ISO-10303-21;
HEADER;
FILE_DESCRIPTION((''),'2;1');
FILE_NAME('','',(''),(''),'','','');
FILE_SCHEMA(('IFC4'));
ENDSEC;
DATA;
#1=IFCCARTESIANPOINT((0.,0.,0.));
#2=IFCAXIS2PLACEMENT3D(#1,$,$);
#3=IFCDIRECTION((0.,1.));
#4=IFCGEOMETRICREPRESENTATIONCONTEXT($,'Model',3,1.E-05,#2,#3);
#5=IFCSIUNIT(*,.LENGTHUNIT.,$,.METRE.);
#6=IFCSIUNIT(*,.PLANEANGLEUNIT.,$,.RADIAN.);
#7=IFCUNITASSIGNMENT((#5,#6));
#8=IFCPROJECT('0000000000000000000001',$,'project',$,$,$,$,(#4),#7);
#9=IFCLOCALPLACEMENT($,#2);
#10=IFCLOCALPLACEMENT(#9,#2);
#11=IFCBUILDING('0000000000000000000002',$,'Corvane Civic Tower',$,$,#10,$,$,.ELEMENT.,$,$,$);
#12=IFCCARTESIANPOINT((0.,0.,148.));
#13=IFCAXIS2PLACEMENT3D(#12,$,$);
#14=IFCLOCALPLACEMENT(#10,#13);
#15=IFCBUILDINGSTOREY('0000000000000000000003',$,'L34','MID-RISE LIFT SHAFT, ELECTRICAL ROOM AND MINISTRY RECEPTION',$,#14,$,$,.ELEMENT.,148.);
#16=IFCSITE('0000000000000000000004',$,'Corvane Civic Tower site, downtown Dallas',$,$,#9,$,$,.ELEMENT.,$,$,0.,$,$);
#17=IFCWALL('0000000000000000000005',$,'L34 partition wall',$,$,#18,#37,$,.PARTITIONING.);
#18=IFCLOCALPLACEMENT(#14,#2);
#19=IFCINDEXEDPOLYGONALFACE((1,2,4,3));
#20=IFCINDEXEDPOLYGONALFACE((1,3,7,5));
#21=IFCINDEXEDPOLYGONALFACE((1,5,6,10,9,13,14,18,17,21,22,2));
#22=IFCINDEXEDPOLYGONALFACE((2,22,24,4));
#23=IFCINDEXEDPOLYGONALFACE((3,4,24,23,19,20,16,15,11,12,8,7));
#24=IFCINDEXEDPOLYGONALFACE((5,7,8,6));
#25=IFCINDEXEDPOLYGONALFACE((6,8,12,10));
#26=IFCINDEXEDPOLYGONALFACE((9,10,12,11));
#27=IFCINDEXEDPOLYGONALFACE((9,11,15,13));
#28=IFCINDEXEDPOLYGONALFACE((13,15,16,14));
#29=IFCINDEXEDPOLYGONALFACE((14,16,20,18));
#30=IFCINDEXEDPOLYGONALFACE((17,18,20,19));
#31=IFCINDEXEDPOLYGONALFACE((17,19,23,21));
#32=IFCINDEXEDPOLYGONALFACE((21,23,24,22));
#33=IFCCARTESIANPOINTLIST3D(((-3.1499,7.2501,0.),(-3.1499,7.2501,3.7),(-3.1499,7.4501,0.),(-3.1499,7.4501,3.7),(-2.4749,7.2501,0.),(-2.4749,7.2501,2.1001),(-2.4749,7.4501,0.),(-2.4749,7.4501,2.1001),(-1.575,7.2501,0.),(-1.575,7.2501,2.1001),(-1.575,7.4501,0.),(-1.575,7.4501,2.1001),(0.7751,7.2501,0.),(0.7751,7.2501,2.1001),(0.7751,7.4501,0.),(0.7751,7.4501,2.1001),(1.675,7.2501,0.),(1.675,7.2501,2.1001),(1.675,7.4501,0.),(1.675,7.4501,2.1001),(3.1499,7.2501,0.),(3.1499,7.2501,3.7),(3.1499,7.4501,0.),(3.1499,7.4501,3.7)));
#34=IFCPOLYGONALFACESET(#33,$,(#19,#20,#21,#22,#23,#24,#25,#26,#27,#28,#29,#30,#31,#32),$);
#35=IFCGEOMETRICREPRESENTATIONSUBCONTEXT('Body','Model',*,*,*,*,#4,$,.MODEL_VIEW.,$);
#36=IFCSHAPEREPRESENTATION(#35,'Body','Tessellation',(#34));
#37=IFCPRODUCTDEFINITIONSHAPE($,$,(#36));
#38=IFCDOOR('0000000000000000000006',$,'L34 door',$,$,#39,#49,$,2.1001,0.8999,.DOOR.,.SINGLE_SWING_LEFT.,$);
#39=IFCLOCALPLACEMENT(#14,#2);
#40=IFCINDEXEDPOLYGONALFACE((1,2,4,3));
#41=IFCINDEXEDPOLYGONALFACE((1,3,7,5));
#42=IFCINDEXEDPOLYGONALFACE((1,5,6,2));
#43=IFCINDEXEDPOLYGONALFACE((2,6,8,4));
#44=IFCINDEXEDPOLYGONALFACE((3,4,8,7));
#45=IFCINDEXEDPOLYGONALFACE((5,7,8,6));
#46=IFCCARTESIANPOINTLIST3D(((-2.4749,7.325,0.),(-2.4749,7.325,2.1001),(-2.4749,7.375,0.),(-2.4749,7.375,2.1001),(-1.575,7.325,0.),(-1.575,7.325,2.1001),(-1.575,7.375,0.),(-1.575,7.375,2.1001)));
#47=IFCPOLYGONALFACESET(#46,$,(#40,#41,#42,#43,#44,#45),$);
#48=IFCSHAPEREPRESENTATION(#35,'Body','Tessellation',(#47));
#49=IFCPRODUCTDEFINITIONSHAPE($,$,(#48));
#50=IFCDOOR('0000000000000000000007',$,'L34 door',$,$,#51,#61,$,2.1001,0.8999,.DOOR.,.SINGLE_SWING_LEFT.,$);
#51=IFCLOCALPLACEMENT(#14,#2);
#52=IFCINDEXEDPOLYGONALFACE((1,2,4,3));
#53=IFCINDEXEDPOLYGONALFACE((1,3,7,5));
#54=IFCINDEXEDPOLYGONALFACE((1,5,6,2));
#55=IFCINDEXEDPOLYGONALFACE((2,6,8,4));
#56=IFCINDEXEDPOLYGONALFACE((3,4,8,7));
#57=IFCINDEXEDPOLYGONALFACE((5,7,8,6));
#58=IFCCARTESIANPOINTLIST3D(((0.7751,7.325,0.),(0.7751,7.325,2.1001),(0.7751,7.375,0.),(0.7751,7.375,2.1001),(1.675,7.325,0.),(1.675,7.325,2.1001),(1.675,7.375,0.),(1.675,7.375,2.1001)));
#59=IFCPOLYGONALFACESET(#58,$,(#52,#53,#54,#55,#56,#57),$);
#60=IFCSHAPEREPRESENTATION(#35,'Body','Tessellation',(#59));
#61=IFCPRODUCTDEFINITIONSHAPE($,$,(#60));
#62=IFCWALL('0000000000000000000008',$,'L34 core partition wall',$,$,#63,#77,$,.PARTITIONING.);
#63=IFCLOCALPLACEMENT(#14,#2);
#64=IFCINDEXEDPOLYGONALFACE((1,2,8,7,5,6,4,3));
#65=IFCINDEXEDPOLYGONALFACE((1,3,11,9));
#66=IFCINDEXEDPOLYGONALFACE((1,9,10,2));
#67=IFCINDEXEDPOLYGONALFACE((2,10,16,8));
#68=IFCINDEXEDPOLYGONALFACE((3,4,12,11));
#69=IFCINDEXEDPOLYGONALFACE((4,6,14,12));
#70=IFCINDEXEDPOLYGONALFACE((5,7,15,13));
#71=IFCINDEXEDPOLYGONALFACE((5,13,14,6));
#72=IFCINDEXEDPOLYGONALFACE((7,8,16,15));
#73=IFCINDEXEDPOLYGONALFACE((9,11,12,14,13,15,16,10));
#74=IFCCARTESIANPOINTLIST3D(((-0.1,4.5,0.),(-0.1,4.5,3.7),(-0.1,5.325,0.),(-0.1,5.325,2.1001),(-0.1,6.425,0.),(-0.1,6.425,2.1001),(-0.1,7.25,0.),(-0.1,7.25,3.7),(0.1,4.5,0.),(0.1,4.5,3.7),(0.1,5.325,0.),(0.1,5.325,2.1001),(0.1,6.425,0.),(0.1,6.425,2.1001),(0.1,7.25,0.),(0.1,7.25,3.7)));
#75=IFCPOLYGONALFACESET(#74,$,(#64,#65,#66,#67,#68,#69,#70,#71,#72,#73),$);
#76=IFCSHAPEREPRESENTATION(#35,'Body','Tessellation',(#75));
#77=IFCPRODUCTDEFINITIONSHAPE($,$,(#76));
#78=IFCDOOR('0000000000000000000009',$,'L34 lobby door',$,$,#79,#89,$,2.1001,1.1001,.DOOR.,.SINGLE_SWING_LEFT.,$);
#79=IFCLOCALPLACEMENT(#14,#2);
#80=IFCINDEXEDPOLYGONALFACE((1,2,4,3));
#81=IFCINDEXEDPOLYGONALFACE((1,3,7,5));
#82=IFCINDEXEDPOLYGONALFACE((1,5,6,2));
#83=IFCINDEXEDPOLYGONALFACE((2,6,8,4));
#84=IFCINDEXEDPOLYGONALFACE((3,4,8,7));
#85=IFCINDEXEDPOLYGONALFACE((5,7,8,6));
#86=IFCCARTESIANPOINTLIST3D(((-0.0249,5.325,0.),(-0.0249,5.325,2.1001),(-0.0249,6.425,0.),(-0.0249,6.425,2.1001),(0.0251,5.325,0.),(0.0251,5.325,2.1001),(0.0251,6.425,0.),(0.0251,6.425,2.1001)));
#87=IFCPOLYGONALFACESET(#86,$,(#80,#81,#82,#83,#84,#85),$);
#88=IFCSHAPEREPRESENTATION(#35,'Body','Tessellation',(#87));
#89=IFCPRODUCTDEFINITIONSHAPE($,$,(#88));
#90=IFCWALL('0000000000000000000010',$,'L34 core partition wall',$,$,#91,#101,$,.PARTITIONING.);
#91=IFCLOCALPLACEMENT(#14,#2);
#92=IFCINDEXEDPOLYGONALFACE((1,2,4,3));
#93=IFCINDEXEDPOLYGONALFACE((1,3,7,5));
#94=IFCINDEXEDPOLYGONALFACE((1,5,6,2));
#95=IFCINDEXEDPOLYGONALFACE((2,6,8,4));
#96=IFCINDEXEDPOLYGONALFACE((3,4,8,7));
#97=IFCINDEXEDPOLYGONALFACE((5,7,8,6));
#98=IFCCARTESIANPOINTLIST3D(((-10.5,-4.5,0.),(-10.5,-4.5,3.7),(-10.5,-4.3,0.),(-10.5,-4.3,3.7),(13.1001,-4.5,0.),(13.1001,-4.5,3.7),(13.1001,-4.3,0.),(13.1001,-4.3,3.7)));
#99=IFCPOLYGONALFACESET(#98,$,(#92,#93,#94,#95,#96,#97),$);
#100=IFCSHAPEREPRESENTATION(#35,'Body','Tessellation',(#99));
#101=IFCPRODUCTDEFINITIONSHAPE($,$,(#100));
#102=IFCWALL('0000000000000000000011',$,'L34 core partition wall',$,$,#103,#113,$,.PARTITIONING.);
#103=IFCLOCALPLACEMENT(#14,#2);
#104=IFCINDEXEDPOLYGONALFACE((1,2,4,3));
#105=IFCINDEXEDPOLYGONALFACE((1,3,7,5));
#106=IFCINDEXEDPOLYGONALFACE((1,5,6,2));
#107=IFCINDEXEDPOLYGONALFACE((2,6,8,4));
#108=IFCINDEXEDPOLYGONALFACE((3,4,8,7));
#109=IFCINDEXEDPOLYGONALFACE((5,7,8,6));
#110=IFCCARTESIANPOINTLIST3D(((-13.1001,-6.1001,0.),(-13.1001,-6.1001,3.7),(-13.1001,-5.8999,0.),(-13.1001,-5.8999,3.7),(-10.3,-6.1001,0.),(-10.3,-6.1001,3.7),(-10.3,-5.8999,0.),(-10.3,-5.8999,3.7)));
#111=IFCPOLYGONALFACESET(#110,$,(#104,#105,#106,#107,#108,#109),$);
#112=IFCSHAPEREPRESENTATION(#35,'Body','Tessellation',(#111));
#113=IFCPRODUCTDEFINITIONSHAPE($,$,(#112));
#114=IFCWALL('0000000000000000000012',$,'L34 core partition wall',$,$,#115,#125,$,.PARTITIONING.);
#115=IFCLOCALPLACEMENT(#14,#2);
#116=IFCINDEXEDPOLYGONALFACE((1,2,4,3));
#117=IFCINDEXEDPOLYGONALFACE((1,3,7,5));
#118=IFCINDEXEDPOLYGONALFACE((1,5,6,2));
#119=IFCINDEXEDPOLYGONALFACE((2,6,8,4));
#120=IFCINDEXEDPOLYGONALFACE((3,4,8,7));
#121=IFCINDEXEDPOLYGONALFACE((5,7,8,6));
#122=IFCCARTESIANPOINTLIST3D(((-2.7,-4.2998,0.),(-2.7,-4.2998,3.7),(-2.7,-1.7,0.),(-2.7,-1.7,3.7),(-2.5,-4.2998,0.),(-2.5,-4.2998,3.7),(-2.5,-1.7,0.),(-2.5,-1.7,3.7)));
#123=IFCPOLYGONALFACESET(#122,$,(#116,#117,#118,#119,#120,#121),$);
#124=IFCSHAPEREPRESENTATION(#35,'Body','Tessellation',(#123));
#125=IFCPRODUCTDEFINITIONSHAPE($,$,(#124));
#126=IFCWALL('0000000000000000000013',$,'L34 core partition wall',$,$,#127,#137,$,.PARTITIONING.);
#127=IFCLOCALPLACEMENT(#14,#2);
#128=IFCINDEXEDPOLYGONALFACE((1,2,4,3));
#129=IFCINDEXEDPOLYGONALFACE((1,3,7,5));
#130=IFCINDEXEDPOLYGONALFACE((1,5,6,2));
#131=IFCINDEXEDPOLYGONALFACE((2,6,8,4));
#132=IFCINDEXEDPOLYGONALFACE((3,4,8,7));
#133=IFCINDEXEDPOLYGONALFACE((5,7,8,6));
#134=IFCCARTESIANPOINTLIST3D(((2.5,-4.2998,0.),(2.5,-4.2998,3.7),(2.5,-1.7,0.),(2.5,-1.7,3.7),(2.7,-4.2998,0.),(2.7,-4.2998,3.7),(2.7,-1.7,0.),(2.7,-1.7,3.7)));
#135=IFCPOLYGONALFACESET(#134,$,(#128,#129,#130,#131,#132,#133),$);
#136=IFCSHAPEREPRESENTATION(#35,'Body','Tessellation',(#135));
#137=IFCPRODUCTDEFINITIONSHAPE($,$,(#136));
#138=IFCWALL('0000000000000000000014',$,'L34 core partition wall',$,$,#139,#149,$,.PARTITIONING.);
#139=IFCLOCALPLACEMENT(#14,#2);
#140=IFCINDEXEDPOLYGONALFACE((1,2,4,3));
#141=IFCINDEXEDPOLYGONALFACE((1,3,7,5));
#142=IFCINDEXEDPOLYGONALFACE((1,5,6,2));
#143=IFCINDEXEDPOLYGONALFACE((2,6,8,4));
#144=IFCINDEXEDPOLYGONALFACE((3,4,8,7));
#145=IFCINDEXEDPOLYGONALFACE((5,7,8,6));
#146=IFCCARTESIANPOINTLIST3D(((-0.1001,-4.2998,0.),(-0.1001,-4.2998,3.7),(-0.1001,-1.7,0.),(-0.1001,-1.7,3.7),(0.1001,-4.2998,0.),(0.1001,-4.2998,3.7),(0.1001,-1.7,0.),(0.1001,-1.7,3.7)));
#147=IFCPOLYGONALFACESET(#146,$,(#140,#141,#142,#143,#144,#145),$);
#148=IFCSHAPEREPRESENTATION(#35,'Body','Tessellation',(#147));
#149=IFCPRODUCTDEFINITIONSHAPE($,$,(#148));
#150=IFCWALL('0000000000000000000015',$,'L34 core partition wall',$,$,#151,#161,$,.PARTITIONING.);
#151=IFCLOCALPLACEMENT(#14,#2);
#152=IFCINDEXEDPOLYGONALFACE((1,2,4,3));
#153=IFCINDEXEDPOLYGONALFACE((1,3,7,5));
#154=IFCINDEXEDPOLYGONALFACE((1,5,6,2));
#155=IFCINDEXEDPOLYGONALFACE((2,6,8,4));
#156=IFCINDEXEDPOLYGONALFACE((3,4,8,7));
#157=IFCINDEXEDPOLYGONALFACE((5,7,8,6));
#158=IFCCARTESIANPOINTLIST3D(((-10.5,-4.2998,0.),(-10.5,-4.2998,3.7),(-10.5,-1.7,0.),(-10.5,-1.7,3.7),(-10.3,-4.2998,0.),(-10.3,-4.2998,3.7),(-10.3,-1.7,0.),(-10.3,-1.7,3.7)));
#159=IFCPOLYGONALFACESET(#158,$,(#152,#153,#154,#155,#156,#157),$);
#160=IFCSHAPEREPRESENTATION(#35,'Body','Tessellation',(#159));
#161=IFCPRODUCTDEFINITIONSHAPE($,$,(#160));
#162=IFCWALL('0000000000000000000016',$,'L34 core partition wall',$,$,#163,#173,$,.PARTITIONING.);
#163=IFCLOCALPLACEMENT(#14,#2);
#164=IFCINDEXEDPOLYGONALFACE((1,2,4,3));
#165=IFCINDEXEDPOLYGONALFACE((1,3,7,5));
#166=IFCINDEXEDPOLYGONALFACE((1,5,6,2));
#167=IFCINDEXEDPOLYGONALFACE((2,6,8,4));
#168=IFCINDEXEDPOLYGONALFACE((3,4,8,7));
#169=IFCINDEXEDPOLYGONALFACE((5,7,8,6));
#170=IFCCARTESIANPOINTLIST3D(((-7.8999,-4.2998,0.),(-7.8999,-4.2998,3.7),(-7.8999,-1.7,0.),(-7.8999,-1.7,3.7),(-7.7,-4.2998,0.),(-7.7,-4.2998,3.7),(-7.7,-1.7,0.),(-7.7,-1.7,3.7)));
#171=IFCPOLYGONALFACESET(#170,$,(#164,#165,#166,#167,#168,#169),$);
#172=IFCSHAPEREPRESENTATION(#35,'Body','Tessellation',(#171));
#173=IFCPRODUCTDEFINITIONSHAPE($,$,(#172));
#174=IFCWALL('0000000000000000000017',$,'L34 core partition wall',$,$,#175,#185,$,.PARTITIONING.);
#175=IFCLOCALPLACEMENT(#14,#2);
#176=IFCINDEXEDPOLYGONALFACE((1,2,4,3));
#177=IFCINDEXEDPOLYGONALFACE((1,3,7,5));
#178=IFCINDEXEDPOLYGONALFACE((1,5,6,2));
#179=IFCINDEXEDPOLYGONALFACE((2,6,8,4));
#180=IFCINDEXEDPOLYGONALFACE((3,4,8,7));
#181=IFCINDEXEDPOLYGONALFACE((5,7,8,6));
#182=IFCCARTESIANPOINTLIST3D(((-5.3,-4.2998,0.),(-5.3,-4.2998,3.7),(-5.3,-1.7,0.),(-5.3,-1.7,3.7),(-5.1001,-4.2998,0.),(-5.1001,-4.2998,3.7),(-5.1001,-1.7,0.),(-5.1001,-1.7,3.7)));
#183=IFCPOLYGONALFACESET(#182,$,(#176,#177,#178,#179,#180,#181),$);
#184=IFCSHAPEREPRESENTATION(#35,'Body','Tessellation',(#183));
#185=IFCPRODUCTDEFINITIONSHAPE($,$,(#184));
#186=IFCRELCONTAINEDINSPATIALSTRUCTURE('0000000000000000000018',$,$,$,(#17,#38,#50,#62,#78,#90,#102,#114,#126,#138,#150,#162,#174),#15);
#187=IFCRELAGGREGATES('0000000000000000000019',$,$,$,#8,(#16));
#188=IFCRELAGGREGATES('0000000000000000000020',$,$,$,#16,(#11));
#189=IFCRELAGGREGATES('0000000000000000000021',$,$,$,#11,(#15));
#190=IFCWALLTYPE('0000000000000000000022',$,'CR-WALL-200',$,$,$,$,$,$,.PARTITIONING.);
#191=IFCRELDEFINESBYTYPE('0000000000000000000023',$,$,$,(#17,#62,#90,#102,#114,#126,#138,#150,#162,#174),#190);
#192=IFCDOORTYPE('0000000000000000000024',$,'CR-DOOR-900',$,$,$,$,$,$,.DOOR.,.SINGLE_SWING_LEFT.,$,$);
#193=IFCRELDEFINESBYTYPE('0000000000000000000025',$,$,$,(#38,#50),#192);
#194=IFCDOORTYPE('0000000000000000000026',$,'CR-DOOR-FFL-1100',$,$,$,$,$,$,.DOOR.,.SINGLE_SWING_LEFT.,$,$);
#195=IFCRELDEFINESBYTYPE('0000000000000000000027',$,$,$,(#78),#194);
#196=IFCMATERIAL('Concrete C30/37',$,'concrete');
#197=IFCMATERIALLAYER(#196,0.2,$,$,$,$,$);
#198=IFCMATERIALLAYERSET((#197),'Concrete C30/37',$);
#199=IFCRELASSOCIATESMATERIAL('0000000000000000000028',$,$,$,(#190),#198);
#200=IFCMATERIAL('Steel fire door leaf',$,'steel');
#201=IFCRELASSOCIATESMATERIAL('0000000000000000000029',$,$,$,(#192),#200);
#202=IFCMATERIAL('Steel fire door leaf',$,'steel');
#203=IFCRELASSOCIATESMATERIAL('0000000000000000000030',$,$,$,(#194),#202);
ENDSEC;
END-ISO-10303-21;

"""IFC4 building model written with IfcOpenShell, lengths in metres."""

from ifc_helpers import new_model, si_unit, direction, frame, frame_2d, origin, place, context, subcontext, project, spatial, polyline, rectangle, outline, extrude, material, layer, layer_set, type_object, element, fill, save


model = new_model("IFC4")

# Units and contexts
model_context = context("Model", 3, precision=1e-05, world=origin(), true_north=direction((0.0, 1.0)))
body_context = subcontext(model_context, "Body", "Model", "MODEL_VIEW")
ifc_project = project(units=[si_unit("LENGTHUNIT", "METRE"), si_unit("PLANEANGLEUNIT", "RADIAN")], contexts=[model_context])

# Site, building, storey
site_placement = place(None, origin())
site = spatial("IfcSite", under=ifc_project, at=site_placement, Name="Corvane Civic Tower site, downtown Dallas", CompositionType="ELEMENT", RefElevation=0.0)
building_placement = place(site_placement, origin())
building = spatial("IfcBuilding", under=site, at=building_placement, Name="Corvane Civic Tower", CompositionType="ELEMENT")
storey_placement = place(building_placement, frame((0.0, 0.0, 148.0)))
storey = spatial("IfcBuildingStorey", under=building, at=storey_placement, Name="L34", Description="MID-RISE LIFT SHAFT, ELECTRICAL ROOM AND MINISTRY RECEPTION", CompositionType="ELEMENT", Elevation=148.0)

# Wall, openings, doors
ifc_material_1 = material(Name="Concrete C30/37", Category="concrete")
ifc_layer_1 = layer(ifc_material_1, 0.2)
ifc_layer_set_1 = layer_set([ifc_layer_1], Name="Concrete C30/37")
wall_type_1 = type_object("IfcWallType", Name="CR-WALL-200", PredefinedType="PARTITIONING", material=ifc_layer_set_1)
wall_1_placement = place(storey_placement, frame((-3.1499, 7.3501, 0.0), z_axis=(0.0, 0.0, 1.0), x_axis=(1.0, 0.0, 0.0)))
wall_1 = element("IfcWall", 1, at=wall_1_placement, inside=storey, type_object=wall_type_1, Name="L34 partition wall", PredefinedType="PARTITIONING", context=body_context, shape_type="SweptSolid", body=[
    extrude(rectangle(XDim=6.2998, YDim=0.2, at=frame_2d((3.1499, 0.0))), origin(), (0.0, 0.0, 1.0), 3.7),
])
opening_1_placement = place(wall_1_placement, frame((0.675, 0.0, 0.0)))
opening_1 = element("IfcOpeningElement", 2, at=opening_1_placement, cuts=wall_1, PredefinedType="OPENING", context=body_context, shape_type="SweptSolid", body=[
    extrude(rectangle(XDim=0.8999, YDim=2.1001, at=frame_2d((0.45, 1.05))), frame((0.0, 0.1099, 0.0), z_axis=(0.0, -1.0, 0.0), x_axis=(1.0, 0.0, 0.0)), (0.0, 0.0, 1.0), 0.22),
])
opening_2_placement = place(wall_1_placement, frame((3.925, 0.0, 0.0)))
opening_2 = element("IfcOpeningElement", 3, at=opening_2_placement, cuts=wall_1, PredefinedType="OPENING", context=body_context, shape_type="SweptSolid", body=[
    extrude(rectangle(XDim=0.8999, YDim=2.1001, at=frame_2d((0.45, 1.05))), frame((0.0, 0.1099, 0.0), z_axis=(0.0, -1.0, 0.0), x_axis=(1.0, 0.0, 0.0)), (0.0, 0.0, 1.0), 0.22),
])
ifc_material_2 = material(Name="Steel fire door leaf", Category="steel")
door_type_1 = type_object("IfcDoorType", Name="CR-DOOR-900", OperationType="SINGLE_SWING_LEFT", PredefinedType="DOOR", material=ifc_material_2)
door_1_placement = place(opening_1_placement, origin())
door_1 = element("IfcDoor", 4, at=door_1_placement, inside=storey, type_object=door_type_1, Name="L34 door", OperationType="SINGLE_SWING_LEFT", OverallHeight=2.1001, OverallWidth=0.8999, PredefinedType="DOOR", context=body_context, shape_type="SweptSolid", body=[
    extrude(rectangle(XDim=0.8999, YDim=2.1001, at=frame_2d((0.45, 1.05))), frame((0.0, 0.0249, 0.0), z_axis=(0.0, -1.0, 0.0), x_axis=(1.0, 0.0, 0.0)), (0.0, 0.0, 1.0), 0.05),
])
fill(opening_1, door_1)
door_2_placement = place(opening_2_placement, origin())
door_2 = element("IfcDoor", 5, at=door_2_placement, inside=storey, type_object=door_type_1, Name="L34 door", OperationType="SINGLE_SWING_LEFT", OverallHeight=2.1001, OverallWidth=0.8999, PredefinedType="DOOR", context=body_context, shape_type="SweptSolid", body=[
    extrude(rectangle(XDim=0.8999, YDim=2.1001, at=frame_2d((0.45, 1.05))), frame((0.0, 0.0249, 0.0), z_axis=(0.0, -1.0, 0.0), x_axis=(1.0, 0.0, 0.0)), (0.0, 0.0, 1.0), 0.05),
])
fill(opening_2, door_2)

# Wall, opening, door
wall_2_placement = place(storey_placement, frame((0.0, 4.5, 0.0), z_axis=(0.0, 0.0, 1.0), x_axis=(0.0, 1.0, 0.0)))
wall_2 = element("IfcWall", 6, at=wall_2_placement, inside=storey, type_object=wall_type_1, Name="L34 core partition wall", PredefinedType="PARTITIONING", context=body_context, shape_type="SweptSolid", body=[
    extrude(rectangle(XDim=2.75, YDim=0.2, at=frame_2d((1.375, 0.0))), origin(), (0.0, 0.0, 1.0), 3.7),
])
opening_3_placement = place(wall_2_placement, frame((0.825, 0.0, 0.0)))
opening_3 = element("IfcOpeningElement", 7, at=opening_3_placement, cuts=wall_2, PredefinedType="OPENING", context=body_context, shape_type="SweptSolid", body=[
    extrude(rectangle(XDim=1.1001, YDim=2.1001, at=frame_2d((0.55, 1.05))), frame((0.0, 0.1099, 0.0), z_axis=(0.0, -1.0, 0.0), x_axis=(1.0, 0.0, 0.0)), (0.0, 0.0, 1.0), 0.22),
])
ifc_material_3 = material(Name="Steel fire door leaf", Category="steel")
door_type_2 = type_object("IfcDoorType", Name="CR-DOOR-FFL-1100", OperationType="SINGLE_SWING_LEFT", PredefinedType="DOOR", material=ifc_material_3)
door_3_placement = place(opening_3_placement, origin())
door_3 = element("IfcDoor", 8, at=door_3_placement, inside=storey, type_object=door_type_2, Name="L34 lobby door", OperationType="SINGLE_SWING_LEFT", OverallHeight=2.1001, OverallWidth=1.1001, PredefinedType="DOOR", context=body_context, shape_type="SweptSolid", body=[
    extrude(rectangle(XDim=1.1001, YDim=2.1001, at=frame_2d((0.55, 1.05))), frame((0.0, 0.0249, 0.0), z_axis=(0.0, -1.0, 0.0), x_axis=(1.0, 0.0, 0.0)), (0.0, 0.0, 1.0), 0.05),
])
fill(opening_3, door_3)

# Walls
wall_3_placement = place(storey_placement, origin())
element("IfcWall", 9, at=wall_3_placement, inside=storey, type_object=wall_type_1, Name="L34 core partition wall", PredefinedType="PARTITIONING", context=body_context, shape_type="SweptSolid", body=[
    extrude(outline(polyline([(13.1001, -4.3), (13.1001, -4.5), (-10.5, -4.5), (-10.5, -4.3), (13.1001, -4.3)])), origin(), (0.0, 0.0, 1.0), 3.7),
])
wall_4_placement = place(storey_placement, origin())
element("IfcWall", 10, at=wall_4_placement, inside=storey, type_object=wall_type_1, Name="L34 core partition wall", PredefinedType="PARTITIONING", context=body_context, shape_type="SweptSolid", body=[
    extrude(outline(polyline([(-10.3, -6.1001), (-13.1001, -6.1001), (-13.1001, -5.8999), (-10.3, -5.8999), (-10.3, -6.1001)])), origin(), (0.0, 0.0, 1.0), 3.7),
])
wall_5_placement = place(storey_placement, origin())
element("IfcWall", 11, at=wall_5_placement, inside=storey, type_object=wall_type_1, Name="L34 core partition wall", PredefinedType="PARTITIONING", context=body_context, shape_type="SweptSolid", body=[
    extrude(outline(polyline([(-2.5, -1.7), (-2.5, -4.2998), (-2.7, -4.2998), (-2.7, -1.7), (-2.5, -1.7)])), origin(), (0.0, 0.0, 1.0), 3.7),
])
wall_6_placement = place(storey_placement, origin())
element("IfcWall", 12, at=wall_6_placement, inside=storey, type_object=wall_type_1, Name="L34 core partition wall", PredefinedType="PARTITIONING", context=body_context, shape_type="SweptSolid", body=[
    extrude(outline(polyline([(2.7, -1.7), (2.7, -4.2998), (2.5, -4.2998), (2.5, -1.7), (2.7, -1.7)])), origin(), (0.0, 0.0, 1.0), 3.7),
])
wall_7_placement = place(storey_placement, origin())
element("IfcWall", 13, at=wall_7_placement, inside=storey, type_object=wall_type_1, Name="L34 core partition wall", PredefinedType="PARTITIONING", context=body_context, shape_type="SweptSolid", body=[
    extrude(outline(polyline([(0.1001, -1.7), (0.1001, -4.2998), (-0.1001, -4.2998), (-0.1001, -1.7), (0.1001, -1.7)])), origin(), (0.0, 0.0, 1.0), 3.7),
])
wall_8_placement = place(storey_placement, origin())
element("IfcWall", 14, at=wall_8_placement, inside=storey, type_object=wall_type_1, Name="L34 core partition wall", PredefinedType="PARTITIONING", context=body_context, shape_type="SweptSolid", body=[
    extrude(outline(polyline([(-10.3, -1.7), (-10.3, -4.2998), (-10.5, -4.2998), (-10.5, -1.7), (-10.3, -1.7)])), origin(), (0.0, 0.0, 1.0), 3.7),
])
wall_9_placement = place(storey_placement, origin())
element("IfcWall", 15, at=wall_9_placement, inside=storey, type_object=wall_type_1, Name="L34 core partition wall", PredefinedType="PARTITIONING", context=body_context, shape_type="SweptSolid", body=[
    extrude(outline(polyline([(-7.7, -1.7), (-7.7, -4.2998), (-7.8999, -4.2998), (-7.8999, -1.7), (-7.7, -1.7)])), origin(), (0.0, 0.0, 1.0), 3.7),
])
wall_10_placement = place(storey_placement, origin())
element("IfcWall", 16, at=wall_10_placement, inside=storey, type_object=wall_type_1, Name="L34 core partition wall", PredefinedType="PARTITIONING", context=body_context, shape_type="SweptSolid", body=[
    extrude(outline(polyline([(-5.1001, -1.7), (-5.1001, -4.2998), (-5.3, -4.2998), (-5.3, -1.7), (-5.1001, -1.7)])), origin(), (0.0, 0.0, 1.0), 3.7),
])

save(model, "model.ifc")
